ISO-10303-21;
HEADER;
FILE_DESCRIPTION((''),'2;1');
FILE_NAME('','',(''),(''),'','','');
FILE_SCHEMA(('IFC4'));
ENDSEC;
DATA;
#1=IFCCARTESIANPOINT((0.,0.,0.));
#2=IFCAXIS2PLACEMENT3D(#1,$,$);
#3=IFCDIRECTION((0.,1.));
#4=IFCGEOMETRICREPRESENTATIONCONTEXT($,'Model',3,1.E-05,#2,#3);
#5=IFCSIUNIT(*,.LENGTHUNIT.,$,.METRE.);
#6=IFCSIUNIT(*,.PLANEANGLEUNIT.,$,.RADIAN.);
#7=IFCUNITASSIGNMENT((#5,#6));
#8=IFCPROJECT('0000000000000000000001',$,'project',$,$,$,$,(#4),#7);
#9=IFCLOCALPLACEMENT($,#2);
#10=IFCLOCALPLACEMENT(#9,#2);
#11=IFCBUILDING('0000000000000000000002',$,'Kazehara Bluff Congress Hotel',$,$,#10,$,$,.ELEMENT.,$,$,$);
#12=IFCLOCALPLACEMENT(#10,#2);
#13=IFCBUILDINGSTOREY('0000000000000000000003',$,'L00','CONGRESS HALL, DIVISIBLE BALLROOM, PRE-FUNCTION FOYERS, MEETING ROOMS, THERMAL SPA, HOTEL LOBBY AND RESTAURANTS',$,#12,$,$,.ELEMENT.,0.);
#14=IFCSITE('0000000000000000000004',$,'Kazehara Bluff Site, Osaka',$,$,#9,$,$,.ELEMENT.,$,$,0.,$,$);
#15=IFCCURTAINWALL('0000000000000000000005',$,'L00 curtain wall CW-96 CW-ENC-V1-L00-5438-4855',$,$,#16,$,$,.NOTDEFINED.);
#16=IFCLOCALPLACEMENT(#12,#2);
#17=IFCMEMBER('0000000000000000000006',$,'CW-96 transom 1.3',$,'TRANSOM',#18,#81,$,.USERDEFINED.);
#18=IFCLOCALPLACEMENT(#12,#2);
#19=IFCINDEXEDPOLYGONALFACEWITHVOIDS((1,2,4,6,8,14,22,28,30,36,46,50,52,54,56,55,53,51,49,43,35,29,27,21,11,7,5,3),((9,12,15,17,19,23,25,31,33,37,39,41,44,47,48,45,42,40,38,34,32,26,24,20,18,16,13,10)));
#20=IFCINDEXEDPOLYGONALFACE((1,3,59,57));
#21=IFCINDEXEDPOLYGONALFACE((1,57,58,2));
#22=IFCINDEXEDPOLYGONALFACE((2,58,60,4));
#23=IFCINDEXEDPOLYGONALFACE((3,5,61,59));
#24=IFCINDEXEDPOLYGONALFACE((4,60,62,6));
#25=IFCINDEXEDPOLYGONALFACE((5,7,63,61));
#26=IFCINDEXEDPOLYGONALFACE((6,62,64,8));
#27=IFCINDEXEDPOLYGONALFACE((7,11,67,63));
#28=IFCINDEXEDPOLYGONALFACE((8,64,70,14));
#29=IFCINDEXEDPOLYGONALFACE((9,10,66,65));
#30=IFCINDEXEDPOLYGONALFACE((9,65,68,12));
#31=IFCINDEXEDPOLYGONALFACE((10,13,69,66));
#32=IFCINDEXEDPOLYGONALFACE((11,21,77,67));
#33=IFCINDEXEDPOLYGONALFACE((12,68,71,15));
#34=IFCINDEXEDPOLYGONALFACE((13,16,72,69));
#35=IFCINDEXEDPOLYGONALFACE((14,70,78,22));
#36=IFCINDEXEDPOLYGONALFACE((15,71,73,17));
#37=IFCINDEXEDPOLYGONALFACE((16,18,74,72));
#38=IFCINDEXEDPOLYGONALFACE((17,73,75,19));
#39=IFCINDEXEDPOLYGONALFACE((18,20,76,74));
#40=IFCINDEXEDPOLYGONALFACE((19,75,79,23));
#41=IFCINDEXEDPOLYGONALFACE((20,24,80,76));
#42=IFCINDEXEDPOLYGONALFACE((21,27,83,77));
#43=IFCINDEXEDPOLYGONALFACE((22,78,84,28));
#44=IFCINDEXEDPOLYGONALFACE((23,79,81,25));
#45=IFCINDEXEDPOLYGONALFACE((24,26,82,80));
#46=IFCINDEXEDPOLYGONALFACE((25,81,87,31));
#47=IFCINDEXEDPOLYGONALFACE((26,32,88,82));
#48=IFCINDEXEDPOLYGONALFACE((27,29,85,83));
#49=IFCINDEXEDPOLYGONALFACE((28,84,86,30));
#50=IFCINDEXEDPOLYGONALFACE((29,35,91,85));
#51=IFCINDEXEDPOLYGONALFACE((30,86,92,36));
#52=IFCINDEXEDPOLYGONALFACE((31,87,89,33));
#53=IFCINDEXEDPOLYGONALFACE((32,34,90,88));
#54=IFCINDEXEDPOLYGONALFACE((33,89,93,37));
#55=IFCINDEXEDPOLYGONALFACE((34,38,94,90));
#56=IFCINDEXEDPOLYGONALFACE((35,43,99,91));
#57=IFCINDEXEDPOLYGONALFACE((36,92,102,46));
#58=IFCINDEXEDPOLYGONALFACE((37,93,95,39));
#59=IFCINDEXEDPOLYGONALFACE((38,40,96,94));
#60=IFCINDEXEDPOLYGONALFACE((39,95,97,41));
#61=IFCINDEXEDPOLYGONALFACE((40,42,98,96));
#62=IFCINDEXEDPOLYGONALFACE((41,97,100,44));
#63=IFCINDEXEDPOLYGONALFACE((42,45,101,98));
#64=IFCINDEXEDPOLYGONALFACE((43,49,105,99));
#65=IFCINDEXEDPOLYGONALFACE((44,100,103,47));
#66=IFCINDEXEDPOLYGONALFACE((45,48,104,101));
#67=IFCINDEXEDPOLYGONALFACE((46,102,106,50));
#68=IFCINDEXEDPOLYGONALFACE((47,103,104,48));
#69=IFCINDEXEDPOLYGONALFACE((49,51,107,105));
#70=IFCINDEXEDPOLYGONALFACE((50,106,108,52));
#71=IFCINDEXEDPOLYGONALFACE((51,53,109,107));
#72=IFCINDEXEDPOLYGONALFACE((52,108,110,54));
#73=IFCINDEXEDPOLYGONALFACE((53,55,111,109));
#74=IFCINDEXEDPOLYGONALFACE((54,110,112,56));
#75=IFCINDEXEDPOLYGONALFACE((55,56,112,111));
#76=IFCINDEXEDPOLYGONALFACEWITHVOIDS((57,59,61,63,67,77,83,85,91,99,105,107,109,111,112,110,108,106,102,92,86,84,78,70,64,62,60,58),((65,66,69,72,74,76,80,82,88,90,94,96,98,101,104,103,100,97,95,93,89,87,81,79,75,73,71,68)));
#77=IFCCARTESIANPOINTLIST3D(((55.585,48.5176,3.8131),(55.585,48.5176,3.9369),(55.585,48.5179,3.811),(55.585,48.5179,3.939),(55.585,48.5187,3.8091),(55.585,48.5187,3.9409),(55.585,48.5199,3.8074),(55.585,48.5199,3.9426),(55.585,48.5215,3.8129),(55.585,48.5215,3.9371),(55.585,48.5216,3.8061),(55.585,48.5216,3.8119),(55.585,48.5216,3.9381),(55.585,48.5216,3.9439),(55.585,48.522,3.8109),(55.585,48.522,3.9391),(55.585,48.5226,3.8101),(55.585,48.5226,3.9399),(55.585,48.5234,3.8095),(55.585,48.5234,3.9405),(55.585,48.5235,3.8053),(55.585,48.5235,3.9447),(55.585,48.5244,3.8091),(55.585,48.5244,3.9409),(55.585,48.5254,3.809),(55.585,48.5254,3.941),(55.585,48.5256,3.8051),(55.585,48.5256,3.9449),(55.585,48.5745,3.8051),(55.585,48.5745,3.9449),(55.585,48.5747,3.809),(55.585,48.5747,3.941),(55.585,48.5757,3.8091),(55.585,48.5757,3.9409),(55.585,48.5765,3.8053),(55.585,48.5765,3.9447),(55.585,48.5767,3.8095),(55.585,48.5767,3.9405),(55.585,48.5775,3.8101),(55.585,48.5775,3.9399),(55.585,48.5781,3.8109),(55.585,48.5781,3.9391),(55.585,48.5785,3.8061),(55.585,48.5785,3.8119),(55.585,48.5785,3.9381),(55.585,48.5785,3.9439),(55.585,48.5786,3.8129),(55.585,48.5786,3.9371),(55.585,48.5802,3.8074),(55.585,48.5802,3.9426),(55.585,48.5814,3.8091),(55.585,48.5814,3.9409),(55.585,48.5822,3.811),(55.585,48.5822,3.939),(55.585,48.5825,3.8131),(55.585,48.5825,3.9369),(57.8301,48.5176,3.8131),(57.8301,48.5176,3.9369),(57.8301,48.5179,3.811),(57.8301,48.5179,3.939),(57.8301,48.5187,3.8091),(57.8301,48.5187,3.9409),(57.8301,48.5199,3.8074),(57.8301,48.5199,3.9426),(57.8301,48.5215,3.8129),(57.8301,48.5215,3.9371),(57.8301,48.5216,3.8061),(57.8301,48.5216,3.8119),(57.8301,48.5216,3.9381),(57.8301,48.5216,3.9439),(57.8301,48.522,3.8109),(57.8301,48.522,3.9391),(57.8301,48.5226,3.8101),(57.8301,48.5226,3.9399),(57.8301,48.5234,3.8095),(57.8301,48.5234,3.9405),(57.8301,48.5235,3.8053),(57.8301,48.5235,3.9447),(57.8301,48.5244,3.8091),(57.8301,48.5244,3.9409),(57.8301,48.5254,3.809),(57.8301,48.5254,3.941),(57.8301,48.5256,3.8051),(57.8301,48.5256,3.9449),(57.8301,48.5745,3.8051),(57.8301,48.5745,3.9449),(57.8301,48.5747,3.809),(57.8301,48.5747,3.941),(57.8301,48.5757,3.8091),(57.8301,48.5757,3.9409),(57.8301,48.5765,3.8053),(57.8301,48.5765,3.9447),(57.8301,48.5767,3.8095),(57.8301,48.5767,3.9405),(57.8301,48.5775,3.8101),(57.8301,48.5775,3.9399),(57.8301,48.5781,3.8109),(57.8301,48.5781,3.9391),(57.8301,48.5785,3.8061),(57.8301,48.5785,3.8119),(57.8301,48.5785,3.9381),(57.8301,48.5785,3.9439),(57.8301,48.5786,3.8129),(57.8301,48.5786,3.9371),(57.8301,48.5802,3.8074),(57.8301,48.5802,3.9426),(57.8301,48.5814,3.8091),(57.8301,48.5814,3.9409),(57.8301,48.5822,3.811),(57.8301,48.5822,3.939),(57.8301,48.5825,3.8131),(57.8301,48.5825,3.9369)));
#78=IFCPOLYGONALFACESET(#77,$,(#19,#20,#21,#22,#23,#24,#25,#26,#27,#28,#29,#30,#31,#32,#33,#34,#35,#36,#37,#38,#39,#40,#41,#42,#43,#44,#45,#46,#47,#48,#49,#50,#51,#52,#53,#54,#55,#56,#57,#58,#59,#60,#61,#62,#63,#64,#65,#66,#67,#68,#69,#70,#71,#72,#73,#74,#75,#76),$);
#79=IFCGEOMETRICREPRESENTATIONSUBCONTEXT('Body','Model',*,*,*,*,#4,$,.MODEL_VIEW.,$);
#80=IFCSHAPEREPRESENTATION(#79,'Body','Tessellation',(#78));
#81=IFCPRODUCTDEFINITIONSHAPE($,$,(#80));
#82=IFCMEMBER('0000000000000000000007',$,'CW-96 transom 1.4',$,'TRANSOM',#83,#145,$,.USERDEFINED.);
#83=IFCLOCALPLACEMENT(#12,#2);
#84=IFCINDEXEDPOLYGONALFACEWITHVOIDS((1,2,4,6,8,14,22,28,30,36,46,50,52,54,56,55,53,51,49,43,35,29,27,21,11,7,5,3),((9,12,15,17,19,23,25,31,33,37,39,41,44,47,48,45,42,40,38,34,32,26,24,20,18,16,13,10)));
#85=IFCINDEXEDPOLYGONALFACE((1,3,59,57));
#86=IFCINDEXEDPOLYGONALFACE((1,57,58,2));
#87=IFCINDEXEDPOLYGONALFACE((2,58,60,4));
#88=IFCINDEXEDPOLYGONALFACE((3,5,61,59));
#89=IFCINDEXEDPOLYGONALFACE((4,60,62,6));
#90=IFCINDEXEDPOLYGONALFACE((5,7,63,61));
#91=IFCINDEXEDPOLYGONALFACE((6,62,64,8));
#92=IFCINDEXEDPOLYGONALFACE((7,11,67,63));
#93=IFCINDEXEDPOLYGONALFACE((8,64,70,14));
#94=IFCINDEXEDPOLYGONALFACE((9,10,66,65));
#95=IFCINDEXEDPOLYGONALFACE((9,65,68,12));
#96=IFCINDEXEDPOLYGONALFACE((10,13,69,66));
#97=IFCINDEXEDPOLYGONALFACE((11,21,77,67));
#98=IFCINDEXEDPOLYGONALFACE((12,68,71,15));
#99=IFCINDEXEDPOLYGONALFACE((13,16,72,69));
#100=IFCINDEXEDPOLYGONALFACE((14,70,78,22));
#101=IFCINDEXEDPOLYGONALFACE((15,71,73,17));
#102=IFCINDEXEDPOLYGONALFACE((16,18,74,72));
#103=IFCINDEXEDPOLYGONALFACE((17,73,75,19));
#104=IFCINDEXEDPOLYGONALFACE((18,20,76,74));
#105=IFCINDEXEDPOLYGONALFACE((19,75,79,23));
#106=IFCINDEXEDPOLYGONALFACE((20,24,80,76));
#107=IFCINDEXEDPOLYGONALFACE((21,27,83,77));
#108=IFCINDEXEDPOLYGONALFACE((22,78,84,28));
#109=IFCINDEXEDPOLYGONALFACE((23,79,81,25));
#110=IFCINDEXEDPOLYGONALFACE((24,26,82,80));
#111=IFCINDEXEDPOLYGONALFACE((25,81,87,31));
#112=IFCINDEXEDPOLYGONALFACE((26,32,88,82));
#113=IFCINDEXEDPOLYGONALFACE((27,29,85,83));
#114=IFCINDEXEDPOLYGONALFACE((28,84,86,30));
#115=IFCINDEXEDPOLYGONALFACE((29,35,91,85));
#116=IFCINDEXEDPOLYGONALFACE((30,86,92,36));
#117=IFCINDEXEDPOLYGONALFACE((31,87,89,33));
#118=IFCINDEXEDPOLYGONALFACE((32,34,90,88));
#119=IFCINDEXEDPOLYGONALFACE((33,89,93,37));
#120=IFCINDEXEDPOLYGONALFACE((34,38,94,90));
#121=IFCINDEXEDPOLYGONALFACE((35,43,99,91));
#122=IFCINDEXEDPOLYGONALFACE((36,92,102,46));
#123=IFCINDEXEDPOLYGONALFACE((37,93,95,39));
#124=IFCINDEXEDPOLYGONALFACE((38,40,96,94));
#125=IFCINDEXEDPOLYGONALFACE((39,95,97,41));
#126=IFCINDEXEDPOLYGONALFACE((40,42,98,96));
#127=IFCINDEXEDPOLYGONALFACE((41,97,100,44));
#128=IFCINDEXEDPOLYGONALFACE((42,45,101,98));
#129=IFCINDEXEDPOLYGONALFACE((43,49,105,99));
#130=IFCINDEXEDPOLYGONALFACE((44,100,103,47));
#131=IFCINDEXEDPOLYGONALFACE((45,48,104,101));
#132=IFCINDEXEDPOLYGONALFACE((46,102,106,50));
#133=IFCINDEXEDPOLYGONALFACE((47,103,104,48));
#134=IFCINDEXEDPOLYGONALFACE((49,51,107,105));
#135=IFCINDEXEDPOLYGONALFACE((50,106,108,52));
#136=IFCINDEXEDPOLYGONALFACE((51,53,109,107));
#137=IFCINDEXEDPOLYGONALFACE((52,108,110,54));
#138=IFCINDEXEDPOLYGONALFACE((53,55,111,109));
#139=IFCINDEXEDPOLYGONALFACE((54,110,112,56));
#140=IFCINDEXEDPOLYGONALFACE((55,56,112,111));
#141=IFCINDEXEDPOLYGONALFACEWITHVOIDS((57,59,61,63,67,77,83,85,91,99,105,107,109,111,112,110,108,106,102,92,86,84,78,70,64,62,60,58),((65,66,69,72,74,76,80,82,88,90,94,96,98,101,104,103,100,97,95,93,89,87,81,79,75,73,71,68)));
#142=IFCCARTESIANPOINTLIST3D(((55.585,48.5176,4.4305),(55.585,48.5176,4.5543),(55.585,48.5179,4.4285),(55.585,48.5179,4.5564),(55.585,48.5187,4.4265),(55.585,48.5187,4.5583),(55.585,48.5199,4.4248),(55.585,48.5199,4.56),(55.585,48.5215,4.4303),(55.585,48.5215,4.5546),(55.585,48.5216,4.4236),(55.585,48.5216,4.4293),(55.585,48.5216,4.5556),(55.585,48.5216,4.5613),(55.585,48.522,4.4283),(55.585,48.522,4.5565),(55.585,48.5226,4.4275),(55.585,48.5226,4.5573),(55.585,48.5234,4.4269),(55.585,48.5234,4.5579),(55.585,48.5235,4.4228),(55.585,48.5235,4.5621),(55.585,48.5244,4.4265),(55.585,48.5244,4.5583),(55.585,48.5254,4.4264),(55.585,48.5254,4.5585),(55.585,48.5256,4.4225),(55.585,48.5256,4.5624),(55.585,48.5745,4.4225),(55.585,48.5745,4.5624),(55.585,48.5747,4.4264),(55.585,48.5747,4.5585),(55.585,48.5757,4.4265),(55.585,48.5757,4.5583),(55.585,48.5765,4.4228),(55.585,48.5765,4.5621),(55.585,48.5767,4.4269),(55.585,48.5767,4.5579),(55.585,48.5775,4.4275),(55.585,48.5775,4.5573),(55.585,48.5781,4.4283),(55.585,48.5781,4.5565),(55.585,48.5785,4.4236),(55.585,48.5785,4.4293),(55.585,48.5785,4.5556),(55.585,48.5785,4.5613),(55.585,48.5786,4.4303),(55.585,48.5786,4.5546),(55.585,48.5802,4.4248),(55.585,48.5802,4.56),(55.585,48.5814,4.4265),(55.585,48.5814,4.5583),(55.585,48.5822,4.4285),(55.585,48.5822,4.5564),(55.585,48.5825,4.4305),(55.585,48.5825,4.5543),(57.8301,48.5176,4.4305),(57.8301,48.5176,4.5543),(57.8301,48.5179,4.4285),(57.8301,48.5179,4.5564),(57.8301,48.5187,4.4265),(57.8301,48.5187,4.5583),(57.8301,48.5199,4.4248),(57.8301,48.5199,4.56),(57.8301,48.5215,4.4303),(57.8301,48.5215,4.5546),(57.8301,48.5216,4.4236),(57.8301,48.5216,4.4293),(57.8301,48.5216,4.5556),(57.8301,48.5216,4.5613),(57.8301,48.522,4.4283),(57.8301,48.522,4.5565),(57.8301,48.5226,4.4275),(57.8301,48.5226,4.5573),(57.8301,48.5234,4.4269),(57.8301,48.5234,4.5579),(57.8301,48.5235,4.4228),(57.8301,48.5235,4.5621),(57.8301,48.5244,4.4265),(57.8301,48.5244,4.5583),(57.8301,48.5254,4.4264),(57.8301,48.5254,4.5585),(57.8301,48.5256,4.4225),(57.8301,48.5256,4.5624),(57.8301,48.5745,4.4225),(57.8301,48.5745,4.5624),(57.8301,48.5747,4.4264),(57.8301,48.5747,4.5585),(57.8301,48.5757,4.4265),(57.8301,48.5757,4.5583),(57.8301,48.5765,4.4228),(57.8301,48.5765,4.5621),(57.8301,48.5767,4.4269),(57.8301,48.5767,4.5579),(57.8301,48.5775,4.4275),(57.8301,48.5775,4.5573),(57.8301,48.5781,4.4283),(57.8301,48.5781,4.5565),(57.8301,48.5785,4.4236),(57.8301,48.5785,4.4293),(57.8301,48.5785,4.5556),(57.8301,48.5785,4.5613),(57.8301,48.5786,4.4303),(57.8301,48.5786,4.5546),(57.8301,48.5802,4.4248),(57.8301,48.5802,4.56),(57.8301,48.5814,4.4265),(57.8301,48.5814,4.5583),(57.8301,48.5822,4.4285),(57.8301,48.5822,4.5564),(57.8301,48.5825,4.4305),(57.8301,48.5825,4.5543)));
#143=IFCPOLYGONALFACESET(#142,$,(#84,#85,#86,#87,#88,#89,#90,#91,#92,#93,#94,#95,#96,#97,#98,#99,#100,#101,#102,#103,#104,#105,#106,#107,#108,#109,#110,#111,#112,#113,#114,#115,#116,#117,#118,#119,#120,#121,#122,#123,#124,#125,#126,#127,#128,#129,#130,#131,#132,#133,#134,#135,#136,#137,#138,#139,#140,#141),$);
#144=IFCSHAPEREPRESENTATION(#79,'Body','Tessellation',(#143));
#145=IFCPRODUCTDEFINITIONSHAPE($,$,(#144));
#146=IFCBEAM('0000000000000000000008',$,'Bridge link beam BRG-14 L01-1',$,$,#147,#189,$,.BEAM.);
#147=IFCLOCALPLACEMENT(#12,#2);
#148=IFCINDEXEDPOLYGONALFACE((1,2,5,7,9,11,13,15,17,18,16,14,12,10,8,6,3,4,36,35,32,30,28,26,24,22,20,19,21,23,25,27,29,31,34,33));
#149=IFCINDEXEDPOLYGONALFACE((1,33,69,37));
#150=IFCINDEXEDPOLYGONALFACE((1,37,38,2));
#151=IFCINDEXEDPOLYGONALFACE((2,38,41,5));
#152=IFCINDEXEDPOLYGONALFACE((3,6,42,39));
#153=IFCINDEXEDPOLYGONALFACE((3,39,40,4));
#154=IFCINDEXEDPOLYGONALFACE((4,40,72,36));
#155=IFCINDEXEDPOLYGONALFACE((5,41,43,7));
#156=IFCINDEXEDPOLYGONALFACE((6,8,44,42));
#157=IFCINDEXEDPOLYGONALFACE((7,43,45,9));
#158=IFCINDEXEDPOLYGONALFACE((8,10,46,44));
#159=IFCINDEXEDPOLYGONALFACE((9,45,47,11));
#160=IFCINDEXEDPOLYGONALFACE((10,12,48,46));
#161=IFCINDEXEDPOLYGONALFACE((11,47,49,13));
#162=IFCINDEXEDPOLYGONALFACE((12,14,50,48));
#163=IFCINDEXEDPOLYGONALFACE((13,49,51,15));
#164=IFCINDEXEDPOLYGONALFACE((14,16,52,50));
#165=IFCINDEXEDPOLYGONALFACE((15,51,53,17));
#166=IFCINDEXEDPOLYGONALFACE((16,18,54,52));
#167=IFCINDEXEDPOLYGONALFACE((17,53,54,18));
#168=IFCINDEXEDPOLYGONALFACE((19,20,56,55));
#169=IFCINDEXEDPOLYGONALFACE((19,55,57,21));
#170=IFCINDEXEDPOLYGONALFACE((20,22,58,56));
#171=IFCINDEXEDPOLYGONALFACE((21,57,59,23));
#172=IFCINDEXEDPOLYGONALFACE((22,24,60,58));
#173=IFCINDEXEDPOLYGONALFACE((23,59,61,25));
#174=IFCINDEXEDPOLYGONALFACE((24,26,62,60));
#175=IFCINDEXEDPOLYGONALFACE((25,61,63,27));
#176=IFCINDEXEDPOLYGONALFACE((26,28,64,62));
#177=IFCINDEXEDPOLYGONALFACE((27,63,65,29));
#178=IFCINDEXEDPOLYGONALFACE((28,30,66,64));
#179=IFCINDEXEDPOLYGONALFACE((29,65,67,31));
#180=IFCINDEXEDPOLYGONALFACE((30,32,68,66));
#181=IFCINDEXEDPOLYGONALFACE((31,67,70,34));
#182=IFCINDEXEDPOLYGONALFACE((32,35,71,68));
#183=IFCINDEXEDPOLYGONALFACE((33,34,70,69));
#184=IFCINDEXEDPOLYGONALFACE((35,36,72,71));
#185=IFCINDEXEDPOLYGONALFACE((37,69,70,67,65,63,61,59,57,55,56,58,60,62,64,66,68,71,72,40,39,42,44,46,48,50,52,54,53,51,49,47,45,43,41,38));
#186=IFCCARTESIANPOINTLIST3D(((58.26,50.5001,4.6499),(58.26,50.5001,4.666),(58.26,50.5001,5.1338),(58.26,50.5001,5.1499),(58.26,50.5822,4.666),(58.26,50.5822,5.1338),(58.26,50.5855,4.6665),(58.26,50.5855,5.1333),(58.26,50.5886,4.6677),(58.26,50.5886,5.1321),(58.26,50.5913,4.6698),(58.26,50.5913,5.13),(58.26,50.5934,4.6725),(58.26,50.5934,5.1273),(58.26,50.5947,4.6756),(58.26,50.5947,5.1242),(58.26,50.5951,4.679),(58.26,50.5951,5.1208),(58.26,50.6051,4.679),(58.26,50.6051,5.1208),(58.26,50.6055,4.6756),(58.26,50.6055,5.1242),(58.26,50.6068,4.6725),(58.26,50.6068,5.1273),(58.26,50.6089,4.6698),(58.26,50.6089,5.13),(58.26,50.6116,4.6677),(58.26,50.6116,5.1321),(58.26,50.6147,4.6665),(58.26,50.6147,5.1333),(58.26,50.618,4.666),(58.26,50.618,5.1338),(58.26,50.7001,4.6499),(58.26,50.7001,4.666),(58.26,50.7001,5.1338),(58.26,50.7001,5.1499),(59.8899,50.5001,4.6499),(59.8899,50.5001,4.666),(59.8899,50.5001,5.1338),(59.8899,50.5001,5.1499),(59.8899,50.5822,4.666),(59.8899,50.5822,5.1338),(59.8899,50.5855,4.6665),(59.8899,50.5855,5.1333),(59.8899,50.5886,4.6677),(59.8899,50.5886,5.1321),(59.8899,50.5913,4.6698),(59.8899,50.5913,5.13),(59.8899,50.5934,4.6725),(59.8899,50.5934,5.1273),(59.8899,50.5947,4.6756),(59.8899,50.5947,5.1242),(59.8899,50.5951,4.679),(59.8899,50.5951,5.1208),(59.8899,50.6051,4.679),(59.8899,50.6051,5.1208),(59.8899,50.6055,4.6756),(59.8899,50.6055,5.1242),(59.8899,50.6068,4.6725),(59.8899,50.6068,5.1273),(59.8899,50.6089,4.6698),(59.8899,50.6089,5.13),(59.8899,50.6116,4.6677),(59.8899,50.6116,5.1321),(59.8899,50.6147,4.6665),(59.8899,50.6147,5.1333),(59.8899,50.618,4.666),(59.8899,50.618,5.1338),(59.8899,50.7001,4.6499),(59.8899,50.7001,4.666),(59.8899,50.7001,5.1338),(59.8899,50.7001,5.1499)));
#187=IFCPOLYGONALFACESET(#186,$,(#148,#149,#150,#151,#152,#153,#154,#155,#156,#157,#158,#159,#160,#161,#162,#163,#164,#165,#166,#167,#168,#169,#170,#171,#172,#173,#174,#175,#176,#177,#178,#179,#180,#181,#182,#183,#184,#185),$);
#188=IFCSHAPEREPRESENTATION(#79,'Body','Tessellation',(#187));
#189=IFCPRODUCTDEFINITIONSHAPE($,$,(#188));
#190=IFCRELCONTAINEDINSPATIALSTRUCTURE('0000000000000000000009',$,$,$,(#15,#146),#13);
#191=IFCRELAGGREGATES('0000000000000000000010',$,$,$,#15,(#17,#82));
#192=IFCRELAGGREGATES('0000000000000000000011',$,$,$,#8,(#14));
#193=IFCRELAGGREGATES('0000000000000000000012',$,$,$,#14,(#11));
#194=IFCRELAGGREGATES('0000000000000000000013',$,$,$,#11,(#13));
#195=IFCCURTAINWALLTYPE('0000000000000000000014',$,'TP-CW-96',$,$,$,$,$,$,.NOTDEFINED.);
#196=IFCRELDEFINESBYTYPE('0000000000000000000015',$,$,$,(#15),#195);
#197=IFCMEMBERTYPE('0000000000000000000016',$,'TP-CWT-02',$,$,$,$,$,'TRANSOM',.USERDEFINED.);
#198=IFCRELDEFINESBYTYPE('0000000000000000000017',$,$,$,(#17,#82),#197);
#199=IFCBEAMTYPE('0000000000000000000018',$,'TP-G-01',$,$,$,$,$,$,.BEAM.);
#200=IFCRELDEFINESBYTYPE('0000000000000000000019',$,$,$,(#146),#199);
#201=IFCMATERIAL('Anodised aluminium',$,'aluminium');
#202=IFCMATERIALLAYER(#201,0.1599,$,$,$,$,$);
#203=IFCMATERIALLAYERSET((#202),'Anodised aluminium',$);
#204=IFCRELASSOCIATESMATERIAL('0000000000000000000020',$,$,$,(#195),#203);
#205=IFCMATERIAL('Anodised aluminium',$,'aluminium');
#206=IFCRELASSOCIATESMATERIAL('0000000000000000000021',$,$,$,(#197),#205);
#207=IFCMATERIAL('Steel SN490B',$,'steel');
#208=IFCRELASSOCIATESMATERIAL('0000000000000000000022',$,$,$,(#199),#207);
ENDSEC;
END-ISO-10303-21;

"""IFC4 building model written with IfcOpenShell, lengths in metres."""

from ifc_helpers import new_model, si_unit, direction, frame, origin, origin_2d, place, context, subcontext, project, spatial, hollow_rectangle, i_section, extrude, material, layer, layer_set, material_profile, profile_set, type_object, element, aggregate, save


model = new_model("IFC4")

# Units and contexts
model_context = context("Model", 3, precision=1e-05, world=origin(), true_north=direction((0.0, 1.0)))
body_context = subcontext(model_context, "Body", "Model", "MODEL_VIEW")
ifc_project = project(units=[si_unit("LENGTHUNIT", "METRE"), si_unit("PLANEANGLEUNIT", "RADIAN")], contexts=[model_context])

# Site, building, storey
site_placement = place(None, origin())
site = spatial("IfcSite", under=ifc_project, at=site_placement, Name="Kazehara Bluff Site, Osaka", CompositionType="ELEMENT", RefElevation=0.0)
building_placement = place(site_placement, origin())
building = spatial("IfcBuilding", under=site, at=building_placement, Name="Kazehara Bluff Congress Hotel", CompositionType="ELEMENT")
storey_placement = place(building_placement, origin())
storey = spatial("IfcBuildingStorey", under=building, at=storey_placement, Name="L00", Description="CONGRESS HALL, DIVISIBLE BALLROOM, PRE-FUNCTION FOYERS, MEETING ROOMS, THERMAL SPA, HOTEL LOBBY AND RESTAURANTS", CompositionType="ELEMENT", Elevation=0.0)

# Curtain wall
ifc_material_1 = material(Name="Anodised aluminium", Category="aluminium")
ifc_layer_1 = layer(ifc_material_1, 0.1599)
ifc_layer_set_1 = layer_set([ifc_layer_1], Name="Anodised aluminium")
curtain_wall_type_1 = type_object("IfcCurtainWallType", Name="TP-CW-96", PredefinedType="NOTDEFINED", material=ifc_layer_set_1)
curtain_wall_1_placement = place(storey_placement, origin())
curtain_wall_1 = element("IfcCurtainWall", 1, at=curtain_wall_1_placement, inside=storey, type_object=curtain_wall_type_1, Name="L00 curtain wall CW-96 CW-ENC-V1-L00-5438-4855", PredefinedType="NOTDEFINED")

# Members
ifc_material_2 = material(Name="Anodised aluminium", Category="aluminium")
ifc_material_profile_1 = material_profile(ifc_material_2, hollow_rectangle(XDim=0.0649, YDim=0.1399, WallThickness=0.0039, InnerFilletRadius=0.0039, OuterFilletRadius=0.0081, at=origin_2d()))
ifc_profile_set_1 = profile_set([ifc_material_profile_1], Name="Anodised aluminium")
member_type_1 = type_object("IfcMemberType", Name="TP-CWT-02", ElementType="TRANSOM", PredefinedType="USERDEFINED", material=ifc_profile_set_1)
member_1_placement = place(storey_placement, frame((57.8301, 48.55, 3.875), z_axis=(-1.0, 0.0, 0.0), x_axis=(0.0, -1.0, 0.0)))
member_1 = element("IfcMember", 2, at=member_1_placement, type_object=member_type_1, Name="CW-96 transom 1.3", ObjectType="TRANSOM", PredefinedType="USERDEFINED", context=body_context, shape_type="SweptSolid", body=[
    extrude(hollow_rectangle(XDim=0.0649, YDim=0.1399, WallThickness=0.0039, InnerFilletRadius=0.0039, OuterFilletRadius=0.0081, at=origin_2d()), origin(), (0.0, 0.0, 1.0), 2.2451),
])
member_2_placement = place(storey_placement, frame((57.8301, 48.55, 4.4924), z_axis=(-1.0, 0.0, 0.0), x_axis=(0.0, -1.0, 0.0)))
member_2 = element("IfcMember", 3, at=member_2_placement, type_object=member_type_1, Name="CW-96 transom 1.4", ObjectType="TRANSOM", PredefinedType="USERDEFINED", context=body_context, shape_type="SweptSolid", body=[
    extrude(hollow_rectangle(XDim=0.0649, YDim=0.1399, WallThickness=0.0039, InnerFilletRadius=0.0039, OuterFilletRadius=0.0081, at=origin_2d()), origin(), (0.0, 0.0, 1.0), 2.2451),
])
aggregate(curtain_wall_1, [member_1, member_2])

# Beam
ifc_material_3 = material(Name="Steel SN490B", Category="steel")
ifc_material_profile_2 = material_profile(ifc_material_3, i_section(OverallWidth=0.2, OverallDepth=0.5, WebThickness=0.01, FlangeThickness=0.0161, FilletRadius=0.0129, at=origin_2d()))
ifc_profile_set_2 = profile_set([ifc_material_profile_2], Name="Steel SN490B")
beam_type_1 = type_object("IfcBeamType", Name="TP-G-01", PredefinedType="BEAM", material=ifc_profile_set_2)
for number, where, z_axis, x_axis, name in (
    (4, (58.26, 50.6001, 4.8999), (1.0, 0.0, 0.0), (0.0, 1.0, 0.0), "Bridge link beam BRG-14 L01-1"),
):
    element("IfcBeam", number, at=place(storey_placement, frame(where, z_axis=z_axis, x_axis=x_axis)), inside=storey, type_object=beam_type_1, Name=name, PredefinedType="BEAM", context=body_context, shape_type="SweptSolid", body=[
        extrude(i_section(OverallWidth=0.2, OverallDepth=0.5, WebThickness=0.01, FlangeThickness=0.0161, FilletRadius=0.0129, at=origin_2d()), origin(), (0.0, 0.0, 1.0), 1.6299),
    ])

save(model, "model.ifc")
